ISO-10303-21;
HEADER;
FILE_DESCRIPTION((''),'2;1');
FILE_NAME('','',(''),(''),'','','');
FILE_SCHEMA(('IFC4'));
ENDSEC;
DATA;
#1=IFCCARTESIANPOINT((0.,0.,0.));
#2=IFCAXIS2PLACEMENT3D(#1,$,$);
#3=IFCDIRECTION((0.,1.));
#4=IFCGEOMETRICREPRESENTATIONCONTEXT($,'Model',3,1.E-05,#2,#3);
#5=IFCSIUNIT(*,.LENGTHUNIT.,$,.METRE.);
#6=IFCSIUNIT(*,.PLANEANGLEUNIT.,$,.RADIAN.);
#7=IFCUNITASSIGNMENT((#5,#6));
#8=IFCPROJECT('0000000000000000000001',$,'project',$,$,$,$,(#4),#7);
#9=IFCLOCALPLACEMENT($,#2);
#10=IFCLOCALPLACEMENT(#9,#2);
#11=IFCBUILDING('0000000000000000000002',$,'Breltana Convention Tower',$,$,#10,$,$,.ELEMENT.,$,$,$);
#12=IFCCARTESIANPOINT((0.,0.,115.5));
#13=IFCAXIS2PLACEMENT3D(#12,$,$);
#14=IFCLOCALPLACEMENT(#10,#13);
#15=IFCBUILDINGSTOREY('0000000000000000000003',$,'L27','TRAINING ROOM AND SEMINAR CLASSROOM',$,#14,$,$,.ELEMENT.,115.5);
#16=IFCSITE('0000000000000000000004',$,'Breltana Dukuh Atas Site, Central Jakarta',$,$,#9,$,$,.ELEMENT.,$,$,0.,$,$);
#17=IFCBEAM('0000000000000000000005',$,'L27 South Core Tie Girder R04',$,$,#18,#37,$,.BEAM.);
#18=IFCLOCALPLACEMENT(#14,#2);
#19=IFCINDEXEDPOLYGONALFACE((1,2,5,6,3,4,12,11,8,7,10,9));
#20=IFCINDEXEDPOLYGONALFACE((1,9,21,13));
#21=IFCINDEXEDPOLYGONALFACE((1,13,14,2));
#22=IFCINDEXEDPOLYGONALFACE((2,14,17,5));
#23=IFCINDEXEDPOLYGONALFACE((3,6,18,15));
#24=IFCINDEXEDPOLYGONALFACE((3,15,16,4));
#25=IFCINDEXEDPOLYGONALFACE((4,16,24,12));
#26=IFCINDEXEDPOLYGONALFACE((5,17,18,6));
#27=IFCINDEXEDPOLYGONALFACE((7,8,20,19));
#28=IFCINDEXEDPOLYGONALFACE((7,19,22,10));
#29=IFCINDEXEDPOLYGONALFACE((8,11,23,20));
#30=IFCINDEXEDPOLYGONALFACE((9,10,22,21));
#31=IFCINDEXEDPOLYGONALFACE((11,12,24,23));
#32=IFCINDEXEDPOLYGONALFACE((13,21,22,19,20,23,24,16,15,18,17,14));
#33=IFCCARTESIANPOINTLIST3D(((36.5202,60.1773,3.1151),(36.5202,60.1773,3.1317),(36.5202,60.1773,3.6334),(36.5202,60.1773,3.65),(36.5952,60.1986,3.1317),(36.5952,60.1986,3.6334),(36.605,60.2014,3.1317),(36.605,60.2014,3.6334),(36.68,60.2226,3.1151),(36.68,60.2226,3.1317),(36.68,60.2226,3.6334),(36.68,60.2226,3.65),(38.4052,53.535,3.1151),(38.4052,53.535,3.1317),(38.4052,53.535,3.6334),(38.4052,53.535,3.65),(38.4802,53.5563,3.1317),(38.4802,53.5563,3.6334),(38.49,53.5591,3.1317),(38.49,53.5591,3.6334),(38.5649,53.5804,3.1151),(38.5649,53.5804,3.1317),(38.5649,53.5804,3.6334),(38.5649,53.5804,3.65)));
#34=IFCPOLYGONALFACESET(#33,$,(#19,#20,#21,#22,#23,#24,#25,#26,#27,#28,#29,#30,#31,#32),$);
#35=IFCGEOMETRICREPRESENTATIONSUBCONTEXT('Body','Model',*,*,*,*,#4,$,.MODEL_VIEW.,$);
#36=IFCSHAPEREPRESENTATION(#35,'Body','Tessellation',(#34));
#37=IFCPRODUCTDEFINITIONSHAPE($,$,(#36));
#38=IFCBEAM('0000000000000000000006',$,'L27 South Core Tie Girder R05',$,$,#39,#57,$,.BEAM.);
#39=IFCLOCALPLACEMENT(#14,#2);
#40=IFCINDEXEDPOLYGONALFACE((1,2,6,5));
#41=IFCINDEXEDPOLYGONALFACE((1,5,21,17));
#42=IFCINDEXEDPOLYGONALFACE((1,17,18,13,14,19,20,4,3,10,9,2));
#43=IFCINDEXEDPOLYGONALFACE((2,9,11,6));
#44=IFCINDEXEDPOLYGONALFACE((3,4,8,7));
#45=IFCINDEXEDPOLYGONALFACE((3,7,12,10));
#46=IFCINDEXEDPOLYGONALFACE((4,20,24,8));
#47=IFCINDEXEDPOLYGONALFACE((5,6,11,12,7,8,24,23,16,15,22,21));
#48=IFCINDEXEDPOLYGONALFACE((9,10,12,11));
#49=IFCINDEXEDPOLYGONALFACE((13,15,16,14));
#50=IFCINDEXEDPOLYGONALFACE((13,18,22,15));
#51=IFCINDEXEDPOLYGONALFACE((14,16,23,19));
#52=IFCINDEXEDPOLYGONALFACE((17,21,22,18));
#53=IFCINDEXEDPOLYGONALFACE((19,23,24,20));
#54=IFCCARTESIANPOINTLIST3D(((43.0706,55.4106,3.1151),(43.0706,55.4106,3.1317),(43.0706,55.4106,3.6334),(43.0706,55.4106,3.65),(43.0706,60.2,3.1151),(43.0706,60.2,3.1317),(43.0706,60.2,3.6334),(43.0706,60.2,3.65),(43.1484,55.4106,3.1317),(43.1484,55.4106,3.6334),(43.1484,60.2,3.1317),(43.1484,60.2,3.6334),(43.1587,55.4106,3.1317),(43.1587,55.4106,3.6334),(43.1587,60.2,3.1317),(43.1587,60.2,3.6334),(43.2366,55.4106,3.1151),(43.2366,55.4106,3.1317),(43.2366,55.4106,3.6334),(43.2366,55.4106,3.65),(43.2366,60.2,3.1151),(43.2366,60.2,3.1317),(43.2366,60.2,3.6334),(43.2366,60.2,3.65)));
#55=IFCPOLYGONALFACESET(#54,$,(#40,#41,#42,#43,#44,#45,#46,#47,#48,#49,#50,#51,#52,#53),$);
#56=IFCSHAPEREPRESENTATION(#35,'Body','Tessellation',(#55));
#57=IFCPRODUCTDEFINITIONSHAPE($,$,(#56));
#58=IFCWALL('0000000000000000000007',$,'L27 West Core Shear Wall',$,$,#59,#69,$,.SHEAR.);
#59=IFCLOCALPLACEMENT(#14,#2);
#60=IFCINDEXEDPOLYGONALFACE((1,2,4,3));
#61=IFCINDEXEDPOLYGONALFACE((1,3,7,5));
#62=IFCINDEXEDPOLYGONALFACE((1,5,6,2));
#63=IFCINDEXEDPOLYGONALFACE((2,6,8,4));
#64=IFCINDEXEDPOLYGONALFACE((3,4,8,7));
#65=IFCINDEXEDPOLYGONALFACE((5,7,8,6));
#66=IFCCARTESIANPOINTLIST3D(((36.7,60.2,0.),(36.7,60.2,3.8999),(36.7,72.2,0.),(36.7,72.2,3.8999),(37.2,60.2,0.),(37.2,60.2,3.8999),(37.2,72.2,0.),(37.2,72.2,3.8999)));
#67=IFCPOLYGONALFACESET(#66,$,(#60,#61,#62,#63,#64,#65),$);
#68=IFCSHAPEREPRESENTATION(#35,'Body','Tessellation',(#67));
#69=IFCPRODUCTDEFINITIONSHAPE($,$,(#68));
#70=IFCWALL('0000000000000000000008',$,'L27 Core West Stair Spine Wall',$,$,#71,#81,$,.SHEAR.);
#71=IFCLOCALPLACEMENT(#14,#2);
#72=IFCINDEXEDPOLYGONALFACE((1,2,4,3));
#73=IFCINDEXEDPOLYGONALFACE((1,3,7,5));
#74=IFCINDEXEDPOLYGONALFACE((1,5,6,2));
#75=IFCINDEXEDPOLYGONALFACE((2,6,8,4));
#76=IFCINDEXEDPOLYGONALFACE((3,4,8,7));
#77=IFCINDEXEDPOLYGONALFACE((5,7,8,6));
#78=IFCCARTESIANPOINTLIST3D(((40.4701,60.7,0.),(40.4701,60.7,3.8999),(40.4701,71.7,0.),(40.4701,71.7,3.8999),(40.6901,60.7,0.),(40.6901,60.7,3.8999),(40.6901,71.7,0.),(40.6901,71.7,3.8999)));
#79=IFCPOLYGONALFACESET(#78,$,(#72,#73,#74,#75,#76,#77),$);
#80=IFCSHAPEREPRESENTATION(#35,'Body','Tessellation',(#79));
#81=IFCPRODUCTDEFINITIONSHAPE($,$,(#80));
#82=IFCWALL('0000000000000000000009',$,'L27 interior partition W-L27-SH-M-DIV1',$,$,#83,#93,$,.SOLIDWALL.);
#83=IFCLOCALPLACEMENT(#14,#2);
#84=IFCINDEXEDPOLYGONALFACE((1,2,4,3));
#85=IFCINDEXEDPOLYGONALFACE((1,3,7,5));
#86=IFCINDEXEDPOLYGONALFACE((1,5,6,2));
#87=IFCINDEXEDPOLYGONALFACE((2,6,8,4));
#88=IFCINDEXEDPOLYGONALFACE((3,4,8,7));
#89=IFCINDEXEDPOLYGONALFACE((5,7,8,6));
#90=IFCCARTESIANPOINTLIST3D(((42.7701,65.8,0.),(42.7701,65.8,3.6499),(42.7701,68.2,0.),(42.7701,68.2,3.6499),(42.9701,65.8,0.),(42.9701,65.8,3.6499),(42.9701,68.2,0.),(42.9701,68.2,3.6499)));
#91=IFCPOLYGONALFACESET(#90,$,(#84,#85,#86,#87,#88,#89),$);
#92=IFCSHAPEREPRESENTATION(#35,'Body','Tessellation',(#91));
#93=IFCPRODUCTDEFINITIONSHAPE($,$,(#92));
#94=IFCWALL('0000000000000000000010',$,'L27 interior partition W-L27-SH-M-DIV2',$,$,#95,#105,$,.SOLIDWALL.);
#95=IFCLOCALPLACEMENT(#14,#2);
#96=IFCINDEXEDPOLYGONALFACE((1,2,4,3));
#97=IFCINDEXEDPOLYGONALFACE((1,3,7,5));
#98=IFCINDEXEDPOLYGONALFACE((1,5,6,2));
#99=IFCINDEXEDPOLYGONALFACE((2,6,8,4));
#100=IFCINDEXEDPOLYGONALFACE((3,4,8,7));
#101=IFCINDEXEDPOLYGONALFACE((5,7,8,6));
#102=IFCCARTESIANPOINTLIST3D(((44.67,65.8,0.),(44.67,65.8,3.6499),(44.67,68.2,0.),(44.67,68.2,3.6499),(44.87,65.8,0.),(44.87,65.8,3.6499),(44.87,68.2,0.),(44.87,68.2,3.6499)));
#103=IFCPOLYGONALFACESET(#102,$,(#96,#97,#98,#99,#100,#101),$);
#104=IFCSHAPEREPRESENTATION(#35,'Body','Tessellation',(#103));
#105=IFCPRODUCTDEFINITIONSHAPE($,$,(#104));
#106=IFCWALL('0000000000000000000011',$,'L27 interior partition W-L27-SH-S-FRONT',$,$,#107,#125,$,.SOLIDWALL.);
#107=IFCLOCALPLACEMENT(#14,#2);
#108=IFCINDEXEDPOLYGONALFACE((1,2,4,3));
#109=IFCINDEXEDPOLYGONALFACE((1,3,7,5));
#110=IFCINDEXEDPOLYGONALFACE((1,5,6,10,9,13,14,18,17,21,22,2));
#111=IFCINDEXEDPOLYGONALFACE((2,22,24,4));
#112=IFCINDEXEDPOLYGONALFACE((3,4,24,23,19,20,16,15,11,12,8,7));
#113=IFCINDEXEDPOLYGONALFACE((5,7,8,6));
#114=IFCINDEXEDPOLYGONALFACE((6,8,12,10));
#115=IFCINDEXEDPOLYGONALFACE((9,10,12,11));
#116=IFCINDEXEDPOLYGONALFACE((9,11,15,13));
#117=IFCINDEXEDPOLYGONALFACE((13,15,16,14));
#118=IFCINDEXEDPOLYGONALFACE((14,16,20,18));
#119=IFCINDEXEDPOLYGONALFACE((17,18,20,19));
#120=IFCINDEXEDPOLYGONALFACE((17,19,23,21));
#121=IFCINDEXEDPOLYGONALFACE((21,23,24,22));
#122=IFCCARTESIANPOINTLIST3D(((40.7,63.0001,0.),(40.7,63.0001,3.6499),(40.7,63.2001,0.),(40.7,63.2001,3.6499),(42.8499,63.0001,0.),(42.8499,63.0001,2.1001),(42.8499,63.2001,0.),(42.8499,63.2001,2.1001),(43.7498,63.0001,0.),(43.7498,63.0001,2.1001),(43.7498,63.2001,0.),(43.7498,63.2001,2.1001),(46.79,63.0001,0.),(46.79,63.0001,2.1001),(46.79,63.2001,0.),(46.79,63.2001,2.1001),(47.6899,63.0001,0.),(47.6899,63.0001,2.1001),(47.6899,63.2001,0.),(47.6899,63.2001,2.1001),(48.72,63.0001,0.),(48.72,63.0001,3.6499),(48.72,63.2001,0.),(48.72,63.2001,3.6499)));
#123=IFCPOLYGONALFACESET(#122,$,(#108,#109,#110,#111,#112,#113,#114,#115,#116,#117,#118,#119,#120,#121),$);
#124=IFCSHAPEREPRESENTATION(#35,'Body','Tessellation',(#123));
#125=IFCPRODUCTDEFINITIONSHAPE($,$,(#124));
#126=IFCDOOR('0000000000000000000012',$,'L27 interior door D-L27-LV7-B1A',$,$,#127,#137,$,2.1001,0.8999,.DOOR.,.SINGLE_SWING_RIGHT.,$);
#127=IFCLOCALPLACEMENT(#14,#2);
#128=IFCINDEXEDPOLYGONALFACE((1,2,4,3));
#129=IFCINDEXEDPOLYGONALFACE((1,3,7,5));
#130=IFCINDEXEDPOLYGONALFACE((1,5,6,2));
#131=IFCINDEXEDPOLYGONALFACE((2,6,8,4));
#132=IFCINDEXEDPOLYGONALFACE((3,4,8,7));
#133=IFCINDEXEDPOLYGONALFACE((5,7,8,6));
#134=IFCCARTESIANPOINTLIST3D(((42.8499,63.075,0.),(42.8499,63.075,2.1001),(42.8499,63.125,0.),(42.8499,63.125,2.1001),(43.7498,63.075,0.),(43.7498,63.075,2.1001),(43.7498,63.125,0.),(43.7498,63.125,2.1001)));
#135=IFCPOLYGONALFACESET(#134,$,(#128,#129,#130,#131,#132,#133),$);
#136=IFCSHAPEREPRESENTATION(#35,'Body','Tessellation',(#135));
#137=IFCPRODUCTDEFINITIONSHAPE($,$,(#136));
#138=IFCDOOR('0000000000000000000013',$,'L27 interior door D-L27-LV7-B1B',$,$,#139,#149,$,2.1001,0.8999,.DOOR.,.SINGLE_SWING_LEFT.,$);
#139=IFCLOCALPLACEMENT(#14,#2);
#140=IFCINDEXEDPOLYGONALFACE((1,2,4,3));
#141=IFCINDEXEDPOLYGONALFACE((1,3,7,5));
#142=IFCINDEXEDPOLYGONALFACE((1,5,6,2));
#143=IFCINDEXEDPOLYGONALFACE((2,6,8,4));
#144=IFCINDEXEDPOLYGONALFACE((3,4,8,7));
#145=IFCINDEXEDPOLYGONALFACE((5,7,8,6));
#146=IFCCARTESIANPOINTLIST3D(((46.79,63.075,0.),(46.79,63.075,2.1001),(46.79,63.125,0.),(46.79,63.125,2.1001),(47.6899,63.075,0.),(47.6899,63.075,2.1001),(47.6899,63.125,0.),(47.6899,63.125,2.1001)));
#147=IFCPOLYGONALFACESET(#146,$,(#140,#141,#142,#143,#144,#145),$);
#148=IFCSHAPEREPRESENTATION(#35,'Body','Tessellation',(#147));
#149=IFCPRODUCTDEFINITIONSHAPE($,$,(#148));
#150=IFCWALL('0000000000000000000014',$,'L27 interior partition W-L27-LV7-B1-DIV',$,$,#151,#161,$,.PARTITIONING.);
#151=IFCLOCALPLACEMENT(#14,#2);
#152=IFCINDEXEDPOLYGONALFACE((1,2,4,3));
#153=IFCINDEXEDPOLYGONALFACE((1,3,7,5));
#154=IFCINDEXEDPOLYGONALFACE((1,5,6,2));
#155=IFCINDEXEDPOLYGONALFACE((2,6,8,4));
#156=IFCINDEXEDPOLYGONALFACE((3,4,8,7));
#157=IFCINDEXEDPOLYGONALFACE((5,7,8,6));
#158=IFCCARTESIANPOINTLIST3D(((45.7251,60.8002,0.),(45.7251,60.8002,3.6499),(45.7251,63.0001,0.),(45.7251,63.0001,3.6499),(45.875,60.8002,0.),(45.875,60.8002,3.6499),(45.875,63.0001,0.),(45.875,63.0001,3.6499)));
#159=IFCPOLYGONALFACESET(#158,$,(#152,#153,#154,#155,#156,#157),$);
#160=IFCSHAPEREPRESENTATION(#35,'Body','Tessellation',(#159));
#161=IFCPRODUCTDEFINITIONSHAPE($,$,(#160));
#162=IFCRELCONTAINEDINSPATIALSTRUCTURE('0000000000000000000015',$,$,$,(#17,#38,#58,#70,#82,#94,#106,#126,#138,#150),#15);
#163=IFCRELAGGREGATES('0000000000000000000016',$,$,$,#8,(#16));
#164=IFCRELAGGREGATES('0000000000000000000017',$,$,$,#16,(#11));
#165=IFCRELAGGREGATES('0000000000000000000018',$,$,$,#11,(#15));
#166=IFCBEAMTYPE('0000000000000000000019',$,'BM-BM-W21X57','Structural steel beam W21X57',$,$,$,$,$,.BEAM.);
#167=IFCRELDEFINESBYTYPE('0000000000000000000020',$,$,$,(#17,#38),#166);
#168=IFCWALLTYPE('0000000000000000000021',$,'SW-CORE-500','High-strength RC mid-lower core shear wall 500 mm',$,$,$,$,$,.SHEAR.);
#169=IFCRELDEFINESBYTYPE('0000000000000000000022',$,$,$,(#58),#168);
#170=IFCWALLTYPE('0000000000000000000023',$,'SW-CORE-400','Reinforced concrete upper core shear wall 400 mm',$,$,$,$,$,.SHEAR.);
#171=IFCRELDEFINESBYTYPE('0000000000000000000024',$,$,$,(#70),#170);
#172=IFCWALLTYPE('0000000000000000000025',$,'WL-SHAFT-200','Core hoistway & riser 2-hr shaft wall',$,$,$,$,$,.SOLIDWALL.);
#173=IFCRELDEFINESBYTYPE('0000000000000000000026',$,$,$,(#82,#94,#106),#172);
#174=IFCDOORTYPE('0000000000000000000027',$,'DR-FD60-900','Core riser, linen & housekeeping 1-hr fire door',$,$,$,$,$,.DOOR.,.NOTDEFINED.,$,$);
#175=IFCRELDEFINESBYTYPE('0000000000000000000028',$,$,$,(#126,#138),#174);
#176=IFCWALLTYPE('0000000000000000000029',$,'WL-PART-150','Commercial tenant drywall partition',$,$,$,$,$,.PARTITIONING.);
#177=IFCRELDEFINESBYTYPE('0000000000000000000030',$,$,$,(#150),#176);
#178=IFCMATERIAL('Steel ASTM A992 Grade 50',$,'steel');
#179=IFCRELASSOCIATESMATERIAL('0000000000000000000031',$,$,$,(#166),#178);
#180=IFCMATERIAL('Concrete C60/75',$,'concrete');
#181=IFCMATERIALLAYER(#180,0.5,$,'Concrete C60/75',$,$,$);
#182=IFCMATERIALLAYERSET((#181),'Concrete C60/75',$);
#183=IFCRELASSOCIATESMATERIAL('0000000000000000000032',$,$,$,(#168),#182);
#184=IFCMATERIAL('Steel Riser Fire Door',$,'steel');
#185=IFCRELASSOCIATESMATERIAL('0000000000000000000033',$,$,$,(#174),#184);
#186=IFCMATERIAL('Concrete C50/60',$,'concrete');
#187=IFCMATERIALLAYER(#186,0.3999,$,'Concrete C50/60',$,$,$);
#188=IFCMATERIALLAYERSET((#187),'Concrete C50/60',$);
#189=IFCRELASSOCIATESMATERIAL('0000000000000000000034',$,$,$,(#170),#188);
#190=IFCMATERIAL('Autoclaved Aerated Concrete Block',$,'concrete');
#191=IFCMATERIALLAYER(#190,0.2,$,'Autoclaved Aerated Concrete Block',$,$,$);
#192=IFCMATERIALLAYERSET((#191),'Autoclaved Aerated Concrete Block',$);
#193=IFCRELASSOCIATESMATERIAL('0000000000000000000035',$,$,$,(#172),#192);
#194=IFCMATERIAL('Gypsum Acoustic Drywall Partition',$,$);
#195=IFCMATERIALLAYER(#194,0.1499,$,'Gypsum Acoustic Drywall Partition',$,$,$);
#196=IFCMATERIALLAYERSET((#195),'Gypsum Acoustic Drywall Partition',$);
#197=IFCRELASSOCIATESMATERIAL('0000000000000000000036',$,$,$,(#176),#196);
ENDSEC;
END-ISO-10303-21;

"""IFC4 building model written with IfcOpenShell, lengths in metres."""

from ifc_helpers import new_model, si_unit, direction, frame, frame_2d, origin, origin_2d, place, context, subcontext, project, spatial, rectangle, i_section, extrude, source, transform, mapped, material, layer, layer_set, material_profile, profile_set, type_object, type_shapes, element, fill, save


model = new_model("IFC4")

# Units and contexts
model_context = context("Model", 3, precision=1e-05, world=origin(), true_north=direction((0.0, 1.0)))
body_context = subcontext(model_context, "Body", "Model", "MODEL_VIEW")
ifc_project = project(units=[si_unit("LENGTHUNIT", "METRE"), si_unit("PLANEANGLEUNIT", "RADIAN")], contexts=[model_context])

# Site, building, storey
site_placement = place(None, origin())
site = spatial("IfcSite", under=ifc_project, at=site_placement, Name="Breltana Dukuh Atas Site, Central Jakarta", CompositionType="ELEMENT", RefElevation=0.0)
building_placement = place(site_placement, origin())
building = spatial("IfcBuilding", under=site, at=building_placement, Name="Breltana Convention Tower", CompositionType="ELEMENT")
storey_placement = place(building_placement, frame((0.0, 0.0, 115.5)))
storey = spatial("IfcBuildingStorey", under=building, at=storey_placement, Name="L27", Description="TRAINING ROOM AND SEMINAR CLASSROOM", CompositionType="ELEMENT", Elevation=115.5)

# Beams
ifc_material_1 = material(Name="Steel ASTM A992 Grade 50", Category="steel")
ifc_material_profile = material_profile(ifc_material_1, i_section(OverallWidth=0.166, OverallDepth=0.5349, WebThickness=0.0103, FlangeThickness=0.0166, at=origin_2d()), Name="W21X57")
ifc_profile_set = profile_set([ifc_material_profile], Name="Steel ASTM A992 Grade 50")
beam_type = type_object("IfcBeamType", Name="BM-BM-W21X57", Description="Structural steel beam W21X57", PredefinedType="BEAM", material=ifc_profile_set)
shared_shape_1 = source(origin(), body_context, "Body", "SweptSolid", [
    extrude(i_section(OverallWidth=0.166, OverallDepth=0.5349, WebThickness=0.0103, FlangeThickness=0.0166, at=origin_2d()), origin(), (0.0, 0.0, 1.0), 6.9045),
])
type_shapes(beam_type, [shared_shape_1])
beam_1_placement = place(storey_placement, frame((36.6001, 60.2, 3.3826), z_axis=(0.273007, -0.962012, 0.0), x_axis=(0.962012, 0.273007, 0.0)))
element("IfcBeam", 1, at=beam_1_placement, inside=storey, type_object=beam_type, Name="L27 South Core Tie Girder R04", PredefinedType="BEAM", context=body_context, shape_type="MappedRepresentation", body=[
    mapped(shared_shape_1, transform((0.0, 0.0, 0.0), scale=1.0)),
])
shared_shape_2 = source(origin(), body_context, "Body", "SweptSolid", [
    extrude(i_section(OverallWidth=0.166, OverallDepth=0.5349, WebThickness=0.0103, FlangeThickness=0.0166, at=origin_2d()), origin(), (0.0, 0.0, 1.0), 4.7893),
])
beam_2_placement = place(storey_placement, frame((43.1536, 60.2, 3.3826), z_axis=(0.0, -1.0, 0.0), x_axis=(1.0, 0.0, 0.0)))
element("IfcBeam", 2, at=beam_2_placement, inside=storey, type_object=beam_type, Name="L27 South Core Tie Girder R05", PredefinedType="BEAM", context=body_context, shape_type="MappedRepresentation", body=[
    mapped(shared_shape_2, transform((0.0, 0.0, 0.0), scale=1.0)),
])

# Wall
ifc_material_2 = material(Name="Concrete C60/75", Category="concrete")
ifc_layer_1 = layer(ifc_material_2, 0.5, Name="Concrete C60/75")
ifc_layer_set_1 = layer_set([ifc_layer_1], Name="Concrete C60/75")
wall_type_1 = type_object("IfcWallType", Name="SW-CORE-500", Description="High-strength RC mid-lower core shear wall 500 mm", PredefinedType="SHEAR", material=ifc_layer_set_1)
shared_shape_3 = source(origin(), body_context, "Body", "SweptSolid", [
    extrude(rectangle(XDim=12.0, YDim=0.5, at=frame_2d((6.0, 0.0))), origin(), (0.0, 0.0, 1.0), 3.8999),
])
wall_1_placement = place(storey_placement, frame((36.95, 60.2, 0.0), z_axis=(0.0, 0.0, 1.0), x_axis=(0.0, 1.0, 0.0)))
element("IfcWall", 3, at=wall_1_placement, inside=storey, type_object=wall_type_1, Name="L27 West Core Shear Wall", PredefinedType="SHEAR", context=body_context, shape_type="MappedRepresentation", body=[
    mapped(shared_shape_3, transform((0.0, 0.0, 0.0), scale=1.0)),
])

# Shared definitions
ifc_material_3 = material(Name="Steel Riser Fire Door", Category="steel")
door_type_1 = type_object("IfcDoorType", Name="DR-FD60-900", Description="Core riser, linen & housekeeping 1-hr fire door", OperationType="NOTDEFINED", PredefinedType="DOOR", material=ifc_material_3)
shared_shape_4 = source(origin(), body_context, "Body", "SweptSolid", [
    extrude(rectangle(XDim=0.8999, YDim=2.1001, at=frame_2d((0.45, 1.05))), frame((0.0, 0.0249, 0.0), z_axis=(0.0, -1.0, 0.0), x_axis=(1.0, 0.0, 0.0)), (0.0, 0.0, 1.0), 0.05),
])
type_shapes(door_type_1, [shared_shape_4])

# Walls
ifc_material_4 = material(Name="Concrete C50/60", Category="concrete")
ifc_layer_2 = layer(ifc_material_4, 0.3999, Name="Concrete C50/60")
ifc_layer_set_2 = layer_set([ifc_layer_2], Name="Concrete C50/60")
wall_type_2 = type_object("IfcWallType", Name="SW-CORE-400", Description="Reinforced concrete upper core shear wall 400 mm", PredefinedType="SHEAR", material=ifc_layer_set_2)
shared_shape_5 = source(origin(), body_context, "Body", "SweptSolid", [
    extrude(rectangle(XDim=11.0, YDim=0.22, at=frame_2d((5.5, 0.0))), origin(), (0.0, 0.0, 1.0), 3.8999),
])
wall_2_placement = place(storey_placement, frame((40.5801, 60.7, 0.0), z_axis=(0.0, 0.0, 1.0), x_axis=(0.0, 1.0, 0.0)))
element("IfcWall", 4, at=wall_2_placement, inside=storey, type_object=wall_type_2, Name="L27 Core West Stair Spine Wall", PredefinedType="SHEAR", context=body_context, shape_type="MappedRepresentation", body=[
    mapped(shared_shape_5, transform((0.0, 0.0, 0.0), scale=1.0)),
])
ifc_material_5 = material(Name="Autoclaved Aerated Concrete Block", Category="concrete")
ifc_layer_3 = layer(ifc_material_5, 0.2, Name="Autoclaved Aerated Concrete Block")
ifc_layer_set_3 = layer_set([ifc_layer_3], Name="Autoclaved Aerated Concrete Block")
wall_type_3 = type_object("IfcWallType", Name="WL-SHAFT-200", Description="Core hoistway & riser 2-hr shaft wall", PredefinedType="SOLIDWALL", material=ifc_layer_set_3)
shared_shape_6 = source(origin(), body_context, "Body", "SweptSolid", [
    extrude(rectangle(XDim=2.3999, YDim=0.2, at=frame_2d((1.2, 0.0))), origin(), (0.0, 0.0, 1.0), 3.6499),
])
for number, where, z_axis, x_axis, name in (
    (5, (42.8701, 65.8, 0.0), (0.0, 0.0, 1.0), (0.0, 1.0, 0.0), "L27 interior partition W-L27-SH-M-DIV1"),
    (6, (44.77, 65.8, 0.0), (0.0, 0.0, 1.0), (0.0, 1.0, 0.0), "L27 interior partition W-L27-SH-M-DIV2"),
):
    element("IfcWall", number, at=place(storey_placement, frame(where, z_axis=z_axis, x_axis=x_axis)), inside=storey, type_object=wall_type_3, Name=name, PredefinedType="SOLIDWALL", context=body_context, shape_type="MappedRepresentation", body=[
        mapped(shared_shape_6, transform((0.0, 0.0, 0.0), scale=1.0)),
    ])

# Wall, openings, doors
shared_shape_7 = source(origin(), body_context, "Body", "SweptSolid", [
    extrude(rectangle(XDim=8.02, YDim=0.2, at=frame_2d((4.01, 0.0))), origin(), (0.0, 0.0, 1.0), 3.6499),
])
wall_3_placement = place(storey_placement, frame((40.7, 63.1001, 0.0), z_axis=(0.0, 0.0, 1.0), x_axis=(1.0, 0.0, 0.0)))
wall_3 = element("IfcWall", 7, at=wall_3_placement, inside=storey, type_object=wall_type_3, Name="L27 interior partition W-L27-SH-S-FRONT", PredefinedType="SOLIDWALL", context=body_context, shape_type="MappedRepresentation", body=[
    mapped(shared_shape_7, transform((0.0, 0.0, 0.0), scale=1.0)),
])
opening_1_placement = place(wall_3_placement, frame((2.1499, 0.0, 0.0)))
opening_1 = element("IfcOpeningElement", 8, at=opening_1_placement, cuts=wall_3, PredefinedType="OPENING", context=body_context, shape_type="SweptSolid", body=[
    extrude(rectangle(XDim=0.8999, YDim=2.1001, at=frame_2d((0.45, 1.05))), frame((0.0, 0.1099, 0.0), z_axis=(0.0, -1.0, 0.0), x_axis=(1.0, 0.0, 0.0)), (0.0, 0.0, 1.0), 0.22),
])
opening_2_placement = place(wall_3_placement, frame((6.0901, 0.0, 0.0)))
opening_2 = element("IfcOpeningElement", 9, at=opening_2_placement, cuts=wall_3, PredefinedType="OPENING", context=body_context, shape_type="SweptSolid", body=[
    extrude(rectangle(XDim=0.8999, YDim=2.1001, at=frame_2d((0.45, 1.05))), frame((0.0, 0.1099, 0.0), z_axis=(0.0, -1.0, 0.0), x_axis=(1.0, 0.0, 0.0)), (0.0, 0.0, 1.0), 0.22),
])
door_1_placement = place(opening_1_placement, origin())
door_1 = element("IfcDoor", 10, at=door_1_placement, inside=storey, type_object=door_type_1, Name="L27 interior door D-L27-LV7-B1A", OperationType="SINGLE_SWING_RIGHT", OverallHeight=2.1001, OverallWidth=0.8999, PredefinedType="DOOR", context=body_context, shape_type="MappedRepresentation", body=[
    mapped(shared_shape_4, transform((0.0, 0.0, 0.0), scale=1.0)),
])
fill(opening_1, door_1)
door_2_placement = place(opening_2_placement, origin())
door_2 = element("IfcDoor", 11, at=door_2_placement, inside=storey, type_object=door_type_1, Name="L27 interior door D-L27-LV7-B1B", OperationType="SINGLE_SWING_LEFT", OverallHeight=2.1001, OverallWidth=0.8999, PredefinedType="DOOR", context=body_context, shape_type="MappedRepresentation", body=[
    mapped(shared_shape_4, transform((0.0, 0.0, 0.0), scale=1.0)),
])
fill(opening_2, door_2)

# Wall
ifc_material_6 = material(Name="Gypsum Acoustic Drywall Partition")
ifc_layer_4 = layer(ifc_material_6, 0.1499, Name="Gypsum Acoustic Drywall Partition")
ifc_layer_set_4 = layer_set([ifc_layer_4], Name="Gypsum Acoustic Drywall Partition")
wall_type_4 = type_object("IfcWallType", Name="WL-PART-150", Description="Commercial tenant drywall partition", PredefinedType="PARTITIONING", material=ifc_layer_set_4)
shared_shape_8 = source(origin(), body_context, "Body", "SweptSolid", [
    extrude(rectangle(XDim=2.2, YDim=0.1499, at=frame_2d((1.1001, 0.0))), origin(), (0.0, 0.0, 1.0), 3.6499),
])
wall_4_placement = place(storey_placement, frame((45.8, 60.8, 0.0), z_axis=(0.0, 0.0, 1.0), x_axis=(0.0, 1.0, 0.0)))
element("IfcWall", 12, at=wall_4_placement, inside=storey, type_object=wall_type_4, Name="L27 interior partition W-L27-LV7-B1-DIV", PredefinedType="PARTITIONING", context=body_context, shape_type="MappedRepresentation", body=[
    mapped(shared_shape_8, transform((0.0, 0.0, 0.0), scale=1.0)),
])

save(model, "model.ifc")
